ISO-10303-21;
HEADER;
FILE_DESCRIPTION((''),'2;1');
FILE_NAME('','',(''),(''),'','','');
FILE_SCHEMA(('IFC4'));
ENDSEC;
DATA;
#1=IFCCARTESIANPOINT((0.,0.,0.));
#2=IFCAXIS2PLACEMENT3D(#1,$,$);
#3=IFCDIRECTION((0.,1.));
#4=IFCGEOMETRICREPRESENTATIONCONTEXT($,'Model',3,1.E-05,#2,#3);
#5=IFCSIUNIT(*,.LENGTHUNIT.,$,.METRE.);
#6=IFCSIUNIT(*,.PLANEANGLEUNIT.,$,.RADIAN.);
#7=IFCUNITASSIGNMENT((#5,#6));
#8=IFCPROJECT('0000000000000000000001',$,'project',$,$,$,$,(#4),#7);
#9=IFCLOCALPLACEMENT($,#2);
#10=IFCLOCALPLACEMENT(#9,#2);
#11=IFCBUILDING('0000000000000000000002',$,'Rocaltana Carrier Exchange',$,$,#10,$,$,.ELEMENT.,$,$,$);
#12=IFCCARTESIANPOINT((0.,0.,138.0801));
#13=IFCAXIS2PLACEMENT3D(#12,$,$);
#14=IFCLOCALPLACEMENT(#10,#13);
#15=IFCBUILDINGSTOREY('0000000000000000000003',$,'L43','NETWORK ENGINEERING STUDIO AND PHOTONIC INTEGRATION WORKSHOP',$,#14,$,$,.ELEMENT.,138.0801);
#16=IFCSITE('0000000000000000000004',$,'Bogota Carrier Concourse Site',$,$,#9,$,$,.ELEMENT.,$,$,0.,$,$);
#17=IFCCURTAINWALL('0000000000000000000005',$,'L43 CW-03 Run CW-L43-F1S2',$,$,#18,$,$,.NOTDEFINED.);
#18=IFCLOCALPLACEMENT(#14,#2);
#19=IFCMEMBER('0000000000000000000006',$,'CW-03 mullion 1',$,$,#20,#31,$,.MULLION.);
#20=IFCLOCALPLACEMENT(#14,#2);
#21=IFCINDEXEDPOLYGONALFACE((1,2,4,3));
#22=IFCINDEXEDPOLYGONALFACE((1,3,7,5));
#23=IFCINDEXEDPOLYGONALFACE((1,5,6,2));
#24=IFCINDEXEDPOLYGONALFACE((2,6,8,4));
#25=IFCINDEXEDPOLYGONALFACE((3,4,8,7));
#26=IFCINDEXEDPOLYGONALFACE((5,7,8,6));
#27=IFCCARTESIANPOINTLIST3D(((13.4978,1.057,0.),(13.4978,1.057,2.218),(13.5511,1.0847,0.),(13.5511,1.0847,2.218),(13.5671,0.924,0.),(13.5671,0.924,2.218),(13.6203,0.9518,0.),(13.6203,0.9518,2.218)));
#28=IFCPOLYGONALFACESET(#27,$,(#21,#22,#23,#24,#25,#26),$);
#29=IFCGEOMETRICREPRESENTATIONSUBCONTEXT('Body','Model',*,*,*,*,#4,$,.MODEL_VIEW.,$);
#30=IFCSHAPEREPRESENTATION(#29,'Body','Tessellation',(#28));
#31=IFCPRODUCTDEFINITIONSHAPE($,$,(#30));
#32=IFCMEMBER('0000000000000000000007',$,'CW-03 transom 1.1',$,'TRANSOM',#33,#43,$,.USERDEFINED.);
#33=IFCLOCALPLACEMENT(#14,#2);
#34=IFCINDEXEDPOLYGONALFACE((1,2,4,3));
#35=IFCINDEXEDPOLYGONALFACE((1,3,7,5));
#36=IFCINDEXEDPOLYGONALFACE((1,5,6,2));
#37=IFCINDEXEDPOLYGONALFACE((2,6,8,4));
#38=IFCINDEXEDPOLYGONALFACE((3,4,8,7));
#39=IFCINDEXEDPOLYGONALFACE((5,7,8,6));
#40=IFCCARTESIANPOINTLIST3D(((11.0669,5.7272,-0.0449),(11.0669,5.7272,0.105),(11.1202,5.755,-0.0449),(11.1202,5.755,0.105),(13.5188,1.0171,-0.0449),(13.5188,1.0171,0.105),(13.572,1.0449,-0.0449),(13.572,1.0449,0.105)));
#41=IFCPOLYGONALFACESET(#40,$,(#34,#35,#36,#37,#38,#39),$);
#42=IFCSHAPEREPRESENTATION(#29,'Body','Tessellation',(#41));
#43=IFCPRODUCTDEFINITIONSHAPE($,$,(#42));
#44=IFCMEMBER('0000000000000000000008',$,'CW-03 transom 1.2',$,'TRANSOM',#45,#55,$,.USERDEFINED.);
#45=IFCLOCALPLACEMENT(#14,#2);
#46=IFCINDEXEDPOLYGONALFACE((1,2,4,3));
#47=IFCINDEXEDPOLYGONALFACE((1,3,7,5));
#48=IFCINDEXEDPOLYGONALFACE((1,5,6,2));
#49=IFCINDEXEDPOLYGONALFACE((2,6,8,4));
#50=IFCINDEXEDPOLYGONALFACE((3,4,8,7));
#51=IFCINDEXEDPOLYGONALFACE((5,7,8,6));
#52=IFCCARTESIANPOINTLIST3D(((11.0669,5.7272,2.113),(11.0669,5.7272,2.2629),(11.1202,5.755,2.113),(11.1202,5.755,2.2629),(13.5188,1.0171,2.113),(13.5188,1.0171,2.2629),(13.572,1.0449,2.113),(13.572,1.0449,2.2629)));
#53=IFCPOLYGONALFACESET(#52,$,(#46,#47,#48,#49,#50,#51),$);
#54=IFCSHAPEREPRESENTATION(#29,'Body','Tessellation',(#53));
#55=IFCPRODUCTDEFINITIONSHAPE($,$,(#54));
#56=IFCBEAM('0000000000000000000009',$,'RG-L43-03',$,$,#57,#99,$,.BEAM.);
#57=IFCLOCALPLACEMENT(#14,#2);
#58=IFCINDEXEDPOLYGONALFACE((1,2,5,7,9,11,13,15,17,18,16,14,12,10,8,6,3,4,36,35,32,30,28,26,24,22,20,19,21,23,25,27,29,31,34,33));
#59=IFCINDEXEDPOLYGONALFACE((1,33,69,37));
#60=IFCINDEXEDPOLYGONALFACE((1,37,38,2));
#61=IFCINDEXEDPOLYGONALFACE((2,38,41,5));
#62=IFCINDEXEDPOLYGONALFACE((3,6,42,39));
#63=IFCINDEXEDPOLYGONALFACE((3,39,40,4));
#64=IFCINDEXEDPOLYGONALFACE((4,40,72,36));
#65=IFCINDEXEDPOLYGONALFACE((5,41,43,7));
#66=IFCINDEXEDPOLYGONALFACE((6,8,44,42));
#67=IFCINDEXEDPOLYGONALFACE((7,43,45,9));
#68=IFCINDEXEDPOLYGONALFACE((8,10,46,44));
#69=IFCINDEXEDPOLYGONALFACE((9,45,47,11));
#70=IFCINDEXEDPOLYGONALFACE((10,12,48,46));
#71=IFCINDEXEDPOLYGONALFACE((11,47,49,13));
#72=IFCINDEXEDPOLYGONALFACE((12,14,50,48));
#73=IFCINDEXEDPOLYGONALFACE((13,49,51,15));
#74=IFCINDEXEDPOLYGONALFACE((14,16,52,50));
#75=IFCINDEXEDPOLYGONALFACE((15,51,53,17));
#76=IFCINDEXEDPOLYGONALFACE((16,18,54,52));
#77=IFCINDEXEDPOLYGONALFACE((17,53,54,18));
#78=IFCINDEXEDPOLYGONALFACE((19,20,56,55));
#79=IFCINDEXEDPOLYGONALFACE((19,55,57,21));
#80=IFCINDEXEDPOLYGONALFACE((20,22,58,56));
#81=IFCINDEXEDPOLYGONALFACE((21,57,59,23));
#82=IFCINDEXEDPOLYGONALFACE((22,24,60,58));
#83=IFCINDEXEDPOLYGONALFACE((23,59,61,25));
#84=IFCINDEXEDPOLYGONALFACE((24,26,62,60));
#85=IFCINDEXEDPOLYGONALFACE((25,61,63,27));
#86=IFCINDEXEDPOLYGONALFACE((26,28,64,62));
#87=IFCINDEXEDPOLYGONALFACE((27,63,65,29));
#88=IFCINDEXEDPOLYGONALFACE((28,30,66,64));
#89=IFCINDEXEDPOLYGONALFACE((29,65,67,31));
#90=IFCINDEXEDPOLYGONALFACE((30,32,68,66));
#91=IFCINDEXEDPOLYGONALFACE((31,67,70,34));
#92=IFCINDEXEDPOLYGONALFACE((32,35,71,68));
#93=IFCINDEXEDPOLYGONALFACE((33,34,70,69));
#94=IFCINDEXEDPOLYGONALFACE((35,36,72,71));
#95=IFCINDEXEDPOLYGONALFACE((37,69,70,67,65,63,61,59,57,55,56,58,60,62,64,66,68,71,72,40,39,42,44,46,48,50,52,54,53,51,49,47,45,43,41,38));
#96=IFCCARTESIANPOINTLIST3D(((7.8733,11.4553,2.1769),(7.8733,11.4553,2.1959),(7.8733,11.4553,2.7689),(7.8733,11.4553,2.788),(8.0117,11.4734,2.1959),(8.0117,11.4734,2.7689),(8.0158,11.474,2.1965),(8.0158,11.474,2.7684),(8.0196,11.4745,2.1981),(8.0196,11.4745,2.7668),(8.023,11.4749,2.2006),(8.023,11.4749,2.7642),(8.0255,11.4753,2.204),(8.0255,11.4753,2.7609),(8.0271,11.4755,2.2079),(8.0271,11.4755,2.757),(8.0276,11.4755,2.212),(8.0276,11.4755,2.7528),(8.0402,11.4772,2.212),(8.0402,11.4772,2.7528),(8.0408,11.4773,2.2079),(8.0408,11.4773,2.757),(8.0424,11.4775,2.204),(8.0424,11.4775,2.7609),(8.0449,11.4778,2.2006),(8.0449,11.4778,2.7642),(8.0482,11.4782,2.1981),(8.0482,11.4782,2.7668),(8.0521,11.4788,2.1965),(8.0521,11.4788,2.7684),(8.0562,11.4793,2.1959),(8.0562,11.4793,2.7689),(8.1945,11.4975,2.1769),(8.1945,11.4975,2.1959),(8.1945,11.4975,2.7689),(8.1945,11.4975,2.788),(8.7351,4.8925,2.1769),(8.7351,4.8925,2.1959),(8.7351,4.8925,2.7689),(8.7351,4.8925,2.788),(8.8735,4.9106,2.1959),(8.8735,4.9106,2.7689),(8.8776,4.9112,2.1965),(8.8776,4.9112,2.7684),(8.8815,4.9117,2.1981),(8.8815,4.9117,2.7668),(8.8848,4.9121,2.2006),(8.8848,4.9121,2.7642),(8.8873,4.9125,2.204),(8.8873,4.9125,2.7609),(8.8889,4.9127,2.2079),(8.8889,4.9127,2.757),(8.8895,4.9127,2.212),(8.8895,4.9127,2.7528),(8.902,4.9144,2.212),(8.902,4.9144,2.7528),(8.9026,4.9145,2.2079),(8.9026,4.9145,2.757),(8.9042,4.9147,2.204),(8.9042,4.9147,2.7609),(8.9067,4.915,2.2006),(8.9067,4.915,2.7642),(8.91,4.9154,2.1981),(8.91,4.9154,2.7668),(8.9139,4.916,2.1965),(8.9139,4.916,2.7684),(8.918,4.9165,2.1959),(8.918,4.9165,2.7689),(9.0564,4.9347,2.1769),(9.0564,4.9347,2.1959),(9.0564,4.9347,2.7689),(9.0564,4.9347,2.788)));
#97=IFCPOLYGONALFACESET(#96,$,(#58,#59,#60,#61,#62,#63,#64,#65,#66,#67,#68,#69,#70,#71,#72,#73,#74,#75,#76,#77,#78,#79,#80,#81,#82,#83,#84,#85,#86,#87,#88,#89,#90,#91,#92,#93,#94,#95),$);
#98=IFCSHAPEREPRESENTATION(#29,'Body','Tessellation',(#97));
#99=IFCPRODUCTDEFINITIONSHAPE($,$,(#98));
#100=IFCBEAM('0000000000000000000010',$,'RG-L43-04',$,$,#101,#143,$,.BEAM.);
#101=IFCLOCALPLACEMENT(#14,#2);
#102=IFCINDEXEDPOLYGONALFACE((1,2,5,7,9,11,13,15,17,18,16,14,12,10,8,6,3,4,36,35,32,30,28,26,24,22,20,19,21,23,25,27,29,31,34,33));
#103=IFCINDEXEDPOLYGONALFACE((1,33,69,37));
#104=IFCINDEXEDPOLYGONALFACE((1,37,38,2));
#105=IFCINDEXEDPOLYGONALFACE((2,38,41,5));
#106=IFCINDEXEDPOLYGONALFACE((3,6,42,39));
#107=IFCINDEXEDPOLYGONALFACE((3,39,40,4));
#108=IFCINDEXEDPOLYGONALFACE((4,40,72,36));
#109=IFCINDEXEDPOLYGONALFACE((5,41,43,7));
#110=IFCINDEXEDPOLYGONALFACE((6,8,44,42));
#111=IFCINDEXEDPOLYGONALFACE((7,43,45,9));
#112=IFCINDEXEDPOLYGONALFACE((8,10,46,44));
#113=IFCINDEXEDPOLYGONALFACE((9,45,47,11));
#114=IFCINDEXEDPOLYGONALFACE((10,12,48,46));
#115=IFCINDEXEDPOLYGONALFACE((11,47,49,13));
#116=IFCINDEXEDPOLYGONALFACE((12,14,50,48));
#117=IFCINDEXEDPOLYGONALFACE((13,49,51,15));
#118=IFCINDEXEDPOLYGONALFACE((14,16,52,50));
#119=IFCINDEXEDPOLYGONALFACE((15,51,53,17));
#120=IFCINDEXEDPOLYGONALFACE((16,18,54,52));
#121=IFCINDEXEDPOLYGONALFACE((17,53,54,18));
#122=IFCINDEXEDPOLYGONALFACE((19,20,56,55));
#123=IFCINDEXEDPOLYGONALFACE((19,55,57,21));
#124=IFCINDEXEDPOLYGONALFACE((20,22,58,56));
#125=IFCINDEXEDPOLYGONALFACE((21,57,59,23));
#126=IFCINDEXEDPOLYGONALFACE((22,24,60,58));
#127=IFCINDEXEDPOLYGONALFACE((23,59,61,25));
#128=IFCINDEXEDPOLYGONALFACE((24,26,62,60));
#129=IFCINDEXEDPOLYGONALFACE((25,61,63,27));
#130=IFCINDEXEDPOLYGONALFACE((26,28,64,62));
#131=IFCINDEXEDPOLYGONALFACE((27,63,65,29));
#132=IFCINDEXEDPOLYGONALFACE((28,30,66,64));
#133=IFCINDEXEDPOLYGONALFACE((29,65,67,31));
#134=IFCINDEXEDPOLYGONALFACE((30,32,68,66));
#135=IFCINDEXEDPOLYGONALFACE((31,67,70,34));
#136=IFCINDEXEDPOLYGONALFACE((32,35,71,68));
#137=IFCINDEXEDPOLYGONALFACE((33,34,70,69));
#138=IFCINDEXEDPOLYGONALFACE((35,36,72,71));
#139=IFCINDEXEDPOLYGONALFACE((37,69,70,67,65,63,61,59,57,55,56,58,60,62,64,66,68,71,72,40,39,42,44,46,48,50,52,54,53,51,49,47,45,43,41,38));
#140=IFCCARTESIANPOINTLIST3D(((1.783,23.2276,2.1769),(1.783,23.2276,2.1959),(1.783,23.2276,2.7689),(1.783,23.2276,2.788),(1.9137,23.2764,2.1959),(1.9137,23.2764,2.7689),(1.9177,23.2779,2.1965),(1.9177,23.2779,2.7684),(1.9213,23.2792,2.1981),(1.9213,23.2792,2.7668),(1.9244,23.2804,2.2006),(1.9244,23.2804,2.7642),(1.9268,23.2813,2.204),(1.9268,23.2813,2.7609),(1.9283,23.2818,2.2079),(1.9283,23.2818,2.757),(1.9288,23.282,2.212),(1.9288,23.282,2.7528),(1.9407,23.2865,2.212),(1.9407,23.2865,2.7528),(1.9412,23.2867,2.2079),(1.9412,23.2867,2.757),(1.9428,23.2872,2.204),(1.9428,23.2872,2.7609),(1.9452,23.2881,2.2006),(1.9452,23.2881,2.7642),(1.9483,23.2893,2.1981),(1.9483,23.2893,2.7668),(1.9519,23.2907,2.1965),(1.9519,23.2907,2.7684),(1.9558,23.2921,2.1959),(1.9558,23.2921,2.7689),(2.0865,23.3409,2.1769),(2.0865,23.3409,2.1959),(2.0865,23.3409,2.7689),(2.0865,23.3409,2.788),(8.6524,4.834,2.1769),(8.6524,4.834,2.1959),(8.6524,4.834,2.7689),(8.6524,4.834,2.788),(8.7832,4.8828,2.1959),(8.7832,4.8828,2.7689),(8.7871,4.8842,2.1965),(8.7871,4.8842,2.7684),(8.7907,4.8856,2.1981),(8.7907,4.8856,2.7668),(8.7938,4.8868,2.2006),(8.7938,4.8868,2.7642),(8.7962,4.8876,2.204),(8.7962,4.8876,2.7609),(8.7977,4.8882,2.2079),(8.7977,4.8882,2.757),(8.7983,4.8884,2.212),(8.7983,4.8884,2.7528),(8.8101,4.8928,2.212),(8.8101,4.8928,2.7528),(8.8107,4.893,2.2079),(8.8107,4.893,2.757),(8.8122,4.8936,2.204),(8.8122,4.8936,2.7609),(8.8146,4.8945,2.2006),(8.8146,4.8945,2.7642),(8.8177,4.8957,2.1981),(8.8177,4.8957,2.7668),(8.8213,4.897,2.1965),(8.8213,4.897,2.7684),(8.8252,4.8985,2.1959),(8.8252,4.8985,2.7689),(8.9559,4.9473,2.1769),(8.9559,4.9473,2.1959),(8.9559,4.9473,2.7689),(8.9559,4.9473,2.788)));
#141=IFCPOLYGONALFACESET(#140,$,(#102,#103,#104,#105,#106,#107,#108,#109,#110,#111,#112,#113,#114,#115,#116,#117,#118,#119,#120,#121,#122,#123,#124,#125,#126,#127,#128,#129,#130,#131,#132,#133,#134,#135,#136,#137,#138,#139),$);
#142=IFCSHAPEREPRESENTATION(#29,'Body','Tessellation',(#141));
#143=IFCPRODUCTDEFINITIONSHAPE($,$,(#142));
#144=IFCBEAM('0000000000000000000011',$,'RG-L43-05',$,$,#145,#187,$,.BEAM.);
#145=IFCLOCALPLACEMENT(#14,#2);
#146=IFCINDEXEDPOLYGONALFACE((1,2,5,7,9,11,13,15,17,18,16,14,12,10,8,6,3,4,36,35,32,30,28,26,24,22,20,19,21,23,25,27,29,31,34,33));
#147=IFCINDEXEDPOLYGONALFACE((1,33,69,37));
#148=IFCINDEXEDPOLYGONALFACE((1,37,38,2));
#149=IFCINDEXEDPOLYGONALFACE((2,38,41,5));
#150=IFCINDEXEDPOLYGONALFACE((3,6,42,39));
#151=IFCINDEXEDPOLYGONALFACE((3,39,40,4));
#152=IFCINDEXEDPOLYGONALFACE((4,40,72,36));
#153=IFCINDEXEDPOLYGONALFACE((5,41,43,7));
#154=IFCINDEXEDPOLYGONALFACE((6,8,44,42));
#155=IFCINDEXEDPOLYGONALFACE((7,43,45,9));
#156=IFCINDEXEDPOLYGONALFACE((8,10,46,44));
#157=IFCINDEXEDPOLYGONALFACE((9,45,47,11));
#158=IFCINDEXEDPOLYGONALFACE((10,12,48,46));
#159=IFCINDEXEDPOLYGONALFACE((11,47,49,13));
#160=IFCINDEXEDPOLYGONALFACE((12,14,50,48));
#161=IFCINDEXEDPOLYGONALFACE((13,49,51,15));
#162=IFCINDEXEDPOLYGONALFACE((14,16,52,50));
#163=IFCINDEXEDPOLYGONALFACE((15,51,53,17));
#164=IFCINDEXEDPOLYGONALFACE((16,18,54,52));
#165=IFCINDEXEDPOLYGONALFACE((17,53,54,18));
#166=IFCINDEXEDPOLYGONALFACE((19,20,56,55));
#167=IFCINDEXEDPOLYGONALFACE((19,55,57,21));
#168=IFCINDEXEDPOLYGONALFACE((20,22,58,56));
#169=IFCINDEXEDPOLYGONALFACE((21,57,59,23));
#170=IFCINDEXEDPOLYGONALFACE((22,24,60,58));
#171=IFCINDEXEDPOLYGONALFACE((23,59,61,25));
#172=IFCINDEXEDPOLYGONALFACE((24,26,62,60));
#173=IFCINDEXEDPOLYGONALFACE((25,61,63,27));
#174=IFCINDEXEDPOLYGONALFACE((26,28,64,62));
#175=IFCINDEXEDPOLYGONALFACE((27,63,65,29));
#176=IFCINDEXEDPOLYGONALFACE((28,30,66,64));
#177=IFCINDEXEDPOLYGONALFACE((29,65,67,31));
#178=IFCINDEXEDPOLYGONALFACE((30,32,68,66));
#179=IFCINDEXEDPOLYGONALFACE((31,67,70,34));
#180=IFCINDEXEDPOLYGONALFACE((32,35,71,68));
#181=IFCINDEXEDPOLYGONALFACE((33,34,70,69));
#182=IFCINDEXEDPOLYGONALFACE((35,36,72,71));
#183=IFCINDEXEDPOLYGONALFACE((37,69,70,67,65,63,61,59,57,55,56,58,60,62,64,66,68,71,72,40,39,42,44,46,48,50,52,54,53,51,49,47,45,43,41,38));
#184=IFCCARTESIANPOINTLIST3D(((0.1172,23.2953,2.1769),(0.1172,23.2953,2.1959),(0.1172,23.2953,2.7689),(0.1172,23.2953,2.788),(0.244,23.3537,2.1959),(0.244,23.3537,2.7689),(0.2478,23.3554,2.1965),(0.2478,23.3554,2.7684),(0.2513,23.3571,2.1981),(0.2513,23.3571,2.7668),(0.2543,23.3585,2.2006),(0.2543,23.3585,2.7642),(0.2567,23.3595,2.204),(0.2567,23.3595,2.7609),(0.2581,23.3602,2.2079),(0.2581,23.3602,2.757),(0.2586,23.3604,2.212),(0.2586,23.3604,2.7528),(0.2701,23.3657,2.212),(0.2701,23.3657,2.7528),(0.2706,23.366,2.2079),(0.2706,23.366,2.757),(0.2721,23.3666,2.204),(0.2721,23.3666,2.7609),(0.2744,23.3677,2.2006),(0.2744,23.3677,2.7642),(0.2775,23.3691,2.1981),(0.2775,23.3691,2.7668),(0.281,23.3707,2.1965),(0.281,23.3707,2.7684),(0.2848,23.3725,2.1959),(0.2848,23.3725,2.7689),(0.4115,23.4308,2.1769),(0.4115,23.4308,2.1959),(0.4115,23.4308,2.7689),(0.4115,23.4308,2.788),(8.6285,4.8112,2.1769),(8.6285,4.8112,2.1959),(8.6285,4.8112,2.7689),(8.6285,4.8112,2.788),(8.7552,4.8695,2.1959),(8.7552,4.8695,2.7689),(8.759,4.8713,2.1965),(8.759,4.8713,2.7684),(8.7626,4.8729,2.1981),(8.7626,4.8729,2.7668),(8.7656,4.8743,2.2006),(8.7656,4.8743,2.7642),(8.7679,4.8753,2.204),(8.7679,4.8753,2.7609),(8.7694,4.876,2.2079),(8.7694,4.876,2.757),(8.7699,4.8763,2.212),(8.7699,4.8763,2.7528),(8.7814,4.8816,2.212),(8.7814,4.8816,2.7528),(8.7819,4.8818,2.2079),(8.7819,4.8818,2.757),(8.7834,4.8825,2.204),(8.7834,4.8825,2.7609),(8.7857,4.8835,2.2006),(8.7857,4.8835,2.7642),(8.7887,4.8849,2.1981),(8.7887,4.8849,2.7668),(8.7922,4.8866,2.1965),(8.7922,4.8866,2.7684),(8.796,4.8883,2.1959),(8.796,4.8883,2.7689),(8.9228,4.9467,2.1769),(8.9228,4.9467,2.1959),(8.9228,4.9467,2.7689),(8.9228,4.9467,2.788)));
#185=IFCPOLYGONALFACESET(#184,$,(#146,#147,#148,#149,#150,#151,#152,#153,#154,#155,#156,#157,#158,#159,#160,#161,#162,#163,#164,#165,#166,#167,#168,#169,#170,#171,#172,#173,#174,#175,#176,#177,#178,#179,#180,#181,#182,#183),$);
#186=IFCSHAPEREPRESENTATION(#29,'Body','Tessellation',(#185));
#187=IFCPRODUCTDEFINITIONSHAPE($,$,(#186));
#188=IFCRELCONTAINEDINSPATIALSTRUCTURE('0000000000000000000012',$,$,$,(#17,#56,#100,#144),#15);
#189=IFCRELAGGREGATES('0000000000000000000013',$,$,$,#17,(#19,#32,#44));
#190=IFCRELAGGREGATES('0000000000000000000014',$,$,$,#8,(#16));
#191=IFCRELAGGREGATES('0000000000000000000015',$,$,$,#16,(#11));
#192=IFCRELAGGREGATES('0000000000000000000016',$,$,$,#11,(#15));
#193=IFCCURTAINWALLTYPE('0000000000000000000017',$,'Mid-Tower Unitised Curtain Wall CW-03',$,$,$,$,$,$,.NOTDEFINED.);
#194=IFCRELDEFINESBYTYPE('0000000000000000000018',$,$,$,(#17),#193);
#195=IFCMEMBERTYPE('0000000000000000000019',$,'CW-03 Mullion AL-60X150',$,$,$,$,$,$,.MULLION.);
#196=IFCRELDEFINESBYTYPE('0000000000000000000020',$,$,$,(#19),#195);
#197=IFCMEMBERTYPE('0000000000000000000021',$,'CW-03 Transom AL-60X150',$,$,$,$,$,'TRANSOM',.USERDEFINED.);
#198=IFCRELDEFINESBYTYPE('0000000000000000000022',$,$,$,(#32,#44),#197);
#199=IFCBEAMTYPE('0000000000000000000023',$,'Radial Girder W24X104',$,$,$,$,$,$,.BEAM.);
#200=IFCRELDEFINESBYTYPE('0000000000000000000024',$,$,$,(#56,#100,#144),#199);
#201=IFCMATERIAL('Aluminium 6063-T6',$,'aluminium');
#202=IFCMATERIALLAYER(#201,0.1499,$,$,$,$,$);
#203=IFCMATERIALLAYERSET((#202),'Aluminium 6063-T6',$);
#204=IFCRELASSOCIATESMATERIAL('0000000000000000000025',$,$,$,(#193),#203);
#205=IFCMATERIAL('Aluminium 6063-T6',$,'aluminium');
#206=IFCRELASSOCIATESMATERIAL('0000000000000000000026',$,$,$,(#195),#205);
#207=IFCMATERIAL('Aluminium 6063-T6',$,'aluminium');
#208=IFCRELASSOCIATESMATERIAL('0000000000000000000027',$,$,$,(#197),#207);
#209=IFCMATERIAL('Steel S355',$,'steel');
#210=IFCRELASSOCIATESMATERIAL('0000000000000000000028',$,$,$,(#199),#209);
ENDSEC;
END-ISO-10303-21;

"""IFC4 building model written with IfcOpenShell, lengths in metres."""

from ifc_helpers import new_model, si_unit, direction, frame, origin, origin_2d, place, context, subcontext, project, spatial, rectangle, i_section, extrude, material, layer, layer_set, material_profile, profile_set, type_object, element, aggregate, save


model = new_model("IFC4")

# Units and contexts
model_context = context("Model", 3, precision=1e-05, world=origin(), true_north=direction((0.0, 1.0)))
body_context = subcontext(model_context, "Body", "Model", "MODEL_VIEW")
ifc_project = project(units=[si_unit("LENGTHUNIT", "METRE"), si_unit("PLANEANGLEUNIT", "RADIAN")], contexts=[model_context])

# Site, building, storey
site_placement = place(None, origin())
site = spatial("IfcSite", under=ifc_project, at=site_placement, Name="Bogota Carrier Concourse Site", CompositionType="ELEMENT", RefElevation=0.0)
building_placement = place(site_placement, origin())
building = spatial("IfcBuilding", under=site, at=building_placement, Name="Rocaltana Carrier Exchange", CompositionType="ELEMENT")
storey_placement = place(building_placement, frame((0.0, 0.0, 138.0801)))
storey = spatial("IfcBuildingStorey", under=building, at=storey_placement, Name="L43", Description="NETWORK ENGINEERING STUDIO AND PHOTONIC INTEGRATION WORKSHOP", CompositionType="ELEMENT", Elevation=138.0801)

# Curtain wall, members
ifc_material_1 = material(Name="Aluminium 6063-T6", Category="aluminium")
ifc_layer_1 = layer(ifc_material_1, 0.1499)
ifc_layer_set_1 = layer_set([ifc_layer_1], Name="Aluminium 6063-T6")
curtain_wall_type = type_object("IfcCurtainWallType", Name="Mid-Tower Unitised Curtain Wall CW-03", PredefinedType="NOTDEFINED", material=ifc_layer_set_1)
curtain_wall_placement = place(storey_placement, origin())
curtain_wall = element("IfcCurtainWall", 1, at=curtain_wall_placement, inside=storey, type_object=curtain_wall_type, Name="L43 CW-03 Run CW-L43-F1S2", PredefinedType="NOTDEFINED")
ifc_material_2 = material(Name="Aluminium 6063-T6", Category="aluminium")
ifc_material_profile_1 = material_profile(ifc_material_2, rectangle(XDim=0.0601, YDim=0.1499, at=origin_2d()), Name="AL-60X150")
ifc_profile_set_1 = profile_set([ifc_material_profile_1], Name="Aluminium 6063-T6")
member_type_1 = type_object("IfcMemberType", Name="CW-03 Mullion AL-60X150", PredefinedType="MULLION", material=ifc_profile_set_1)
member_1_placement = place(storey_placement, frame((13.5591, 1.0044, 0.0), z_axis=(0.0, 0.0, 1.0), x_axis=(-0.887012, -0.461747, 0.0)))
member_1 = element("IfcMember", 2, at=member_1_placement, type_object=member_type_1, Name="CW-03 mullion 1", PredefinedType="MULLION", context=body_context, shape_type="SweptSolid", body=[
    extrude(rectangle(XDim=0.0601, YDim=0.1499, at=origin_2d()), origin(), (0.0, 0.0, 1.0), 2.218),
])
ifc_material_3 = material(Name="Aluminium 6063-T6", Category="aluminium")
ifc_material_profile_2 = material_profile(ifc_material_3, rectangle(XDim=0.0601, YDim=0.1499, at=origin_2d()), Name="AL-60X150")
ifc_profile_set_2 = profile_set([ifc_material_profile_2], Name="Aluminium 6063-T6")
member_type_2 = type_object("IfcMemberType", Name="CW-03 Transom AL-60X150", ElementType="TRANSOM", PredefinedType="USERDEFINED", material=ifc_profile_set_2)
member_2_placement = place(storey_placement, frame((13.5454, 1.031, 0.03), z_axis=(-0.461738, 0.887016, 0.0), x_axis=(-0.887016, -0.461738, 0.0)))
member_2 = element("IfcMember", 3, at=member_2_placement, type_object=member_type_2, Name="CW-03 transom 1.1", ObjectType="TRANSOM", PredefinedType="USERDEFINED", context=body_context, shape_type="SweptSolid", body=[
    extrude(rectangle(XDim=0.0601, YDim=0.1499, at=origin_2d()), origin(), (0.0, 0.0, 1.0), 5.3101),
])
member_3_placement = place(storey_placement, frame((13.5454, 1.031, 2.188), z_axis=(-0.461738, 0.887016, 0.0), x_axis=(-0.887016, -0.461738, 0.0)))
member_3 = element("IfcMember", 4, at=member_3_placement, type_object=member_type_2, Name="CW-03 transom 1.2", ObjectType="TRANSOM", PredefinedType="USERDEFINED", context=body_context, shape_type="SweptSolid", body=[
    extrude(rectangle(XDim=0.0601, YDim=0.1499, at=origin_2d()), origin(), (0.0, 0.0, 1.0), 5.3101),
])

# Beams
ifc_material_4 = material(Name="Steel S355", Category="steel")
ifc_material_profile_3 = material_profile(ifc_material_4, i_section(OverallWidth=0.324, OverallDepth=0.6111, WebThickness=0.0127, FlangeThickness=0.019, FilletRadius=0.0161, at=origin_2d()), Name="W24X104")
ifc_profile_set_3 = profile_set([ifc_material_profile_3], Name="Steel S355")
beam_type_1 = type_object("IfcBeamType", Name="Radial Girder W24X104", PredefinedType="BEAM", material=ifc_profile_set_3)
beam_1_placement = place(storey_placement, frame((8.8958, 4.9136, 2.4824), z_axis=(-0.130202, 0.991488, 0.0), x_axis=(-0.991488, -0.130202, 0.0)))
element("IfcBeam", 5, at=beam_1_placement, inside=storey, type_object=beam_type_1, Name="RG-L43-03", PredefinedType="BEAM", context=body_context, shape_type="SweptSolid", body=[
    extrude(i_section(OverallWidth=0.324, OverallDepth=0.6111, WebThickness=0.0127, FlangeThickness=0.019, FilletRadius=0.0161, at=origin_2d()), origin(), (0.0, 0.0, 1.0), 6.6191),
])
beam_2_placement = place(storey_placement, frame((8.8042, 4.8906, 2.4824), z_axis=(-0.349864, 0.9368, 0.0), x_axis=(-0.9368, -0.349864, 0.0)))
element("IfcBeam", 6, at=beam_2_placement, inside=storey, type_object=beam_type_1, Name="RG-L43-04", PredefinedType="BEAM", context=body_context, shape_type="SweptSolid", body=[
    extrude(i_section(OverallWidth=0.324, OverallDepth=0.6111, WebThickness=0.0127, FlangeThickness=0.019, FilletRadius=0.0161, at=origin_2d()), origin(), (0.0, 0.0, 1.0), 19.6345),
])
beam_3_placement = place(storey_placement, frame((8.7756, 4.8789, 2.4824), z_axis=(-0.418252, 0.908331, 0.0), x_axis=(-0.908331, -0.418252, 0.0)))
element("IfcBeam", 7, at=beam_3_placement, inside=storey, type_object=beam_type_1, Name="RG-L43-05", PredefinedType="BEAM", context=body_context, shape_type="SweptSolid", body=[
    extrude(i_section(OverallWidth=0.324, OverallDepth=0.6111, WebThickness=0.0127, FlangeThickness=0.019, FilletRadius=0.0161, at=origin_2d()), origin(), (0.0, 0.0, 1.0), 20.3496),
])

aggregate(curtain_wall, [member_1, member_2, member_3])

save(model, "model.ifc")
